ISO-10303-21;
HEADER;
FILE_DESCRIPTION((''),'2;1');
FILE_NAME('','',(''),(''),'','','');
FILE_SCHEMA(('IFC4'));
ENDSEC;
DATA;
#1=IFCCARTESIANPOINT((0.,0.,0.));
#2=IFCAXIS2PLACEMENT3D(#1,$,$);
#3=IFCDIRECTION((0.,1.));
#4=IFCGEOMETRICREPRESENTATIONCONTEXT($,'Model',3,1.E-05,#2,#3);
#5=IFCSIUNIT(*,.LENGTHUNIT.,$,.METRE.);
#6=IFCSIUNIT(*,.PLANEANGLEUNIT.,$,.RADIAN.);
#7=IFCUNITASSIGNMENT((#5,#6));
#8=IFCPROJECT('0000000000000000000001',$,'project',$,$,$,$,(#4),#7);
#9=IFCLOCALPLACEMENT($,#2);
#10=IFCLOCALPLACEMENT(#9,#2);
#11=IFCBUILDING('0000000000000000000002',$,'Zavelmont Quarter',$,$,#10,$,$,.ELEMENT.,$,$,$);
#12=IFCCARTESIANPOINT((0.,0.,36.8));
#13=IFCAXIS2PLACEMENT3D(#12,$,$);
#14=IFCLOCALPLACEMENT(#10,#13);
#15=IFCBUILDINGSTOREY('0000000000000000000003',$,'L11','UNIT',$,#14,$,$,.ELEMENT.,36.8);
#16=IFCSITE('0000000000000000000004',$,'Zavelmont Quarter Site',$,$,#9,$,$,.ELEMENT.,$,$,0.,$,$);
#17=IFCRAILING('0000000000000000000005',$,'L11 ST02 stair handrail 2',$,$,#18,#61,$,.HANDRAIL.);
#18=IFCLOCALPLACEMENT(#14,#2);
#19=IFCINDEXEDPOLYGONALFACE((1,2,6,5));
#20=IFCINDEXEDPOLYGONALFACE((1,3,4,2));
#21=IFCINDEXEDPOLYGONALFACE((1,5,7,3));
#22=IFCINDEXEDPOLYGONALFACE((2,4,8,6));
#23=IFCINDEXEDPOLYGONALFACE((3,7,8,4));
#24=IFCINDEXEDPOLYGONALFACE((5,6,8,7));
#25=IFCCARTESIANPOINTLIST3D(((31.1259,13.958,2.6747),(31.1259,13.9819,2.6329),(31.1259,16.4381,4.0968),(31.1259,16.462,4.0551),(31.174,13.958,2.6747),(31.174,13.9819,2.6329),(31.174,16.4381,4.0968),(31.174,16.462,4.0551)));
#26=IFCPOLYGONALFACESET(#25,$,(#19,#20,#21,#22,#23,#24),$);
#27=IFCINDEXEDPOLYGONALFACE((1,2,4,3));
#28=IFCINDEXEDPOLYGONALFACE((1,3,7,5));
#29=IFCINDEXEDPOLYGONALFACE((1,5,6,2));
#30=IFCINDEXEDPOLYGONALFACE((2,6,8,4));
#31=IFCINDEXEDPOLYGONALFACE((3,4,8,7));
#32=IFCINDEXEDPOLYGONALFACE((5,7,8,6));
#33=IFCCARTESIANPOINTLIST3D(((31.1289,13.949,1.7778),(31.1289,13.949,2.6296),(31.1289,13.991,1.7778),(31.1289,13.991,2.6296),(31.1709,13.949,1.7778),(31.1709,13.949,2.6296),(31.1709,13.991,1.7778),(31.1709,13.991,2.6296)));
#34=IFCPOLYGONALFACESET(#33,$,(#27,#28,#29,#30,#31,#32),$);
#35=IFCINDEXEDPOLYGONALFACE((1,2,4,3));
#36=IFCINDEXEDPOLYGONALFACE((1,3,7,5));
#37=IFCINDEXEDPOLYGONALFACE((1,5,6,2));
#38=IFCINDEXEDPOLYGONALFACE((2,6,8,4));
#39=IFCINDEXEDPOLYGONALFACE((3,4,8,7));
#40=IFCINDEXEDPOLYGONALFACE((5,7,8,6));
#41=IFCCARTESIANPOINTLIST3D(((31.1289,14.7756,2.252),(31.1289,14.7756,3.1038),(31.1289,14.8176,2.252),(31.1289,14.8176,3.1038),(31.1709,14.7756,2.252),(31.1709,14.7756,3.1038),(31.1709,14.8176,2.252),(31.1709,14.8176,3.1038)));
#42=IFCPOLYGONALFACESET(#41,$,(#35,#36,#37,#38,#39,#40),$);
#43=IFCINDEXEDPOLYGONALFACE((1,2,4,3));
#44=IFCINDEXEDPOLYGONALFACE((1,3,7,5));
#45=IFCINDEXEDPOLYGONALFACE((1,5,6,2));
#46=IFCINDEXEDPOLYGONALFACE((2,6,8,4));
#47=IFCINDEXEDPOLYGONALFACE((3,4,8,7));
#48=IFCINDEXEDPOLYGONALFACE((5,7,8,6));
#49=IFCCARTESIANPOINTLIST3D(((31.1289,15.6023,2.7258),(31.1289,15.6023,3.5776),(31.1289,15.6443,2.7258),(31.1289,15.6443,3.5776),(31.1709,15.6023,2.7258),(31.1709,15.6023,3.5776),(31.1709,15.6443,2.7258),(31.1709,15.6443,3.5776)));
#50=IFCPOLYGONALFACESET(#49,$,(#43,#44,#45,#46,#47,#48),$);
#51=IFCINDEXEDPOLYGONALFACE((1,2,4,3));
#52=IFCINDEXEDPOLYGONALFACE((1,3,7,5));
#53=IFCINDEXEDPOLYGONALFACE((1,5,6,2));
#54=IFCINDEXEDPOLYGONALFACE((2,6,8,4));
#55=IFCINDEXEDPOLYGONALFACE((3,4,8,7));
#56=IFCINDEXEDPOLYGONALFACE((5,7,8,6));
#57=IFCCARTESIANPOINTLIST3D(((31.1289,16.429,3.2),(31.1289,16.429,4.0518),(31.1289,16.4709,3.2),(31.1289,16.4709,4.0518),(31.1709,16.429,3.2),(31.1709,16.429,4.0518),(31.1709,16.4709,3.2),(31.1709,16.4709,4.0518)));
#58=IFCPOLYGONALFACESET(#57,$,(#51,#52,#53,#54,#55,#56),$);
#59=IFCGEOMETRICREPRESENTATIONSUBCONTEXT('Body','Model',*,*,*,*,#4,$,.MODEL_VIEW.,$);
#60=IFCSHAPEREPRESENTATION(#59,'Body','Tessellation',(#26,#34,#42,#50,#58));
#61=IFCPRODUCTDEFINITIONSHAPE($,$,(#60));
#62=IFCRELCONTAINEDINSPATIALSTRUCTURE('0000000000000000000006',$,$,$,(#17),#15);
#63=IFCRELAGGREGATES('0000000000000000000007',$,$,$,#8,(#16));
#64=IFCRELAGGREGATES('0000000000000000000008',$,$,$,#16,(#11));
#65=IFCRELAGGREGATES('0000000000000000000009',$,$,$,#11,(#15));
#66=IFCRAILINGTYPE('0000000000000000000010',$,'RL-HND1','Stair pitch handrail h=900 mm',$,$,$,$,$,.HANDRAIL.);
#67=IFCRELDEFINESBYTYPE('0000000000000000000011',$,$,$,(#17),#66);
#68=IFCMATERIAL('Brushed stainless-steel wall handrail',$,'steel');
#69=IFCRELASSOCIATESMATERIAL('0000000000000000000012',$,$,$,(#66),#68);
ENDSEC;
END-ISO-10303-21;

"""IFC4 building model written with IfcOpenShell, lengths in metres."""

from ifc_helpers import new_model, si_unit, direction, frame, origin, origin_2d, place, context, subcontext, project, spatial, rectangle, extrude, material, type_object, element, save


model = new_model("IFC4")

# Units and contexts
model_context = context("Model", 3, precision=1e-05, world=origin(), true_north=direction((0.0, 1.0)))
body_context = subcontext(model_context, "Body", "Model", "MODEL_VIEW")
ifc_project = project(units=[si_unit("LENGTHUNIT", "METRE"), si_unit("PLANEANGLEUNIT", "RADIAN")], contexts=[model_context])

# Site, building, storey
site_placement = place(None, origin())
site = spatial("IfcSite", under=ifc_project, at=site_placement, Name="Zavelmont Quarter Site", CompositionType="ELEMENT", RefElevation=0.0)
building_placement = place(site_placement, origin())
building = spatial("IfcBuilding", under=site, at=building_placement, Name="Zavelmont Quarter", CompositionType="ELEMENT")
storey_placement = place(building_placement, frame((0.0, 0.0, 36.8)))
storey = spatial("IfcBuildingStorey", under=building, at=storey_placement, Name="L11", Description="UNIT", CompositionType="ELEMENT", Elevation=36.8)

# Railing
ifc_material_1 = material(Name="Brushed stainless-steel wall handrail", Category="steel")
railing_type_1 = type_object("IfcRailingType", Name="RL-HND1", Description="Stair pitch handrail h=900 mm", PredefinedType="HANDRAIL", material=ifc_material_1)
railing_1_placement = place(storey_placement, frame((31.1499, 13.97, 1.7778)))
element("IfcRailing", 1, at=railing_1_placement, inside=storey, type_object=railing_type_1, Name="L11 ST02 stair handrail 2", PredefinedType="HANDRAIL", context=body_context, shape_type="SweptSolid", body=[
    extrude(rectangle(XDim=0.0481, YDim=0.0481, at=origin_2d()), frame((0.0, 0.0, 0.876), z_axis=(0.0, 0.867491, 0.497454), x_axis=(-1.0, 0.0, 0.0)), (0.0, 0.0, 1.0), 2.8589),
    extrude(rectangle(XDim=0.042, YDim=0.042, at=origin_2d()), origin(), (0.0, 0.0, 1.0), 0.8518),
    extrude(rectangle(XDim=0.042, YDim=0.042, at=origin_2d()), frame((0.0, 0.8267, 0.4741)), (0.0, 0.0, 1.0), 0.8518),
    extrude(rectangle(XDim=0.042, YDim=0.042, at=origin_2d()), frame((0.0, 1.6533, 0.948)), (0.0, 0.0, 1.0), 0.8518),
    extrude(rectangle(XDim=0.042, YDim=0.042, at=origin_2d()), frame((0.0, 2.48, 1.4221)), (0.0, 0.0, 1.0), 0.8518),
])

save(model, "model.ifc")
